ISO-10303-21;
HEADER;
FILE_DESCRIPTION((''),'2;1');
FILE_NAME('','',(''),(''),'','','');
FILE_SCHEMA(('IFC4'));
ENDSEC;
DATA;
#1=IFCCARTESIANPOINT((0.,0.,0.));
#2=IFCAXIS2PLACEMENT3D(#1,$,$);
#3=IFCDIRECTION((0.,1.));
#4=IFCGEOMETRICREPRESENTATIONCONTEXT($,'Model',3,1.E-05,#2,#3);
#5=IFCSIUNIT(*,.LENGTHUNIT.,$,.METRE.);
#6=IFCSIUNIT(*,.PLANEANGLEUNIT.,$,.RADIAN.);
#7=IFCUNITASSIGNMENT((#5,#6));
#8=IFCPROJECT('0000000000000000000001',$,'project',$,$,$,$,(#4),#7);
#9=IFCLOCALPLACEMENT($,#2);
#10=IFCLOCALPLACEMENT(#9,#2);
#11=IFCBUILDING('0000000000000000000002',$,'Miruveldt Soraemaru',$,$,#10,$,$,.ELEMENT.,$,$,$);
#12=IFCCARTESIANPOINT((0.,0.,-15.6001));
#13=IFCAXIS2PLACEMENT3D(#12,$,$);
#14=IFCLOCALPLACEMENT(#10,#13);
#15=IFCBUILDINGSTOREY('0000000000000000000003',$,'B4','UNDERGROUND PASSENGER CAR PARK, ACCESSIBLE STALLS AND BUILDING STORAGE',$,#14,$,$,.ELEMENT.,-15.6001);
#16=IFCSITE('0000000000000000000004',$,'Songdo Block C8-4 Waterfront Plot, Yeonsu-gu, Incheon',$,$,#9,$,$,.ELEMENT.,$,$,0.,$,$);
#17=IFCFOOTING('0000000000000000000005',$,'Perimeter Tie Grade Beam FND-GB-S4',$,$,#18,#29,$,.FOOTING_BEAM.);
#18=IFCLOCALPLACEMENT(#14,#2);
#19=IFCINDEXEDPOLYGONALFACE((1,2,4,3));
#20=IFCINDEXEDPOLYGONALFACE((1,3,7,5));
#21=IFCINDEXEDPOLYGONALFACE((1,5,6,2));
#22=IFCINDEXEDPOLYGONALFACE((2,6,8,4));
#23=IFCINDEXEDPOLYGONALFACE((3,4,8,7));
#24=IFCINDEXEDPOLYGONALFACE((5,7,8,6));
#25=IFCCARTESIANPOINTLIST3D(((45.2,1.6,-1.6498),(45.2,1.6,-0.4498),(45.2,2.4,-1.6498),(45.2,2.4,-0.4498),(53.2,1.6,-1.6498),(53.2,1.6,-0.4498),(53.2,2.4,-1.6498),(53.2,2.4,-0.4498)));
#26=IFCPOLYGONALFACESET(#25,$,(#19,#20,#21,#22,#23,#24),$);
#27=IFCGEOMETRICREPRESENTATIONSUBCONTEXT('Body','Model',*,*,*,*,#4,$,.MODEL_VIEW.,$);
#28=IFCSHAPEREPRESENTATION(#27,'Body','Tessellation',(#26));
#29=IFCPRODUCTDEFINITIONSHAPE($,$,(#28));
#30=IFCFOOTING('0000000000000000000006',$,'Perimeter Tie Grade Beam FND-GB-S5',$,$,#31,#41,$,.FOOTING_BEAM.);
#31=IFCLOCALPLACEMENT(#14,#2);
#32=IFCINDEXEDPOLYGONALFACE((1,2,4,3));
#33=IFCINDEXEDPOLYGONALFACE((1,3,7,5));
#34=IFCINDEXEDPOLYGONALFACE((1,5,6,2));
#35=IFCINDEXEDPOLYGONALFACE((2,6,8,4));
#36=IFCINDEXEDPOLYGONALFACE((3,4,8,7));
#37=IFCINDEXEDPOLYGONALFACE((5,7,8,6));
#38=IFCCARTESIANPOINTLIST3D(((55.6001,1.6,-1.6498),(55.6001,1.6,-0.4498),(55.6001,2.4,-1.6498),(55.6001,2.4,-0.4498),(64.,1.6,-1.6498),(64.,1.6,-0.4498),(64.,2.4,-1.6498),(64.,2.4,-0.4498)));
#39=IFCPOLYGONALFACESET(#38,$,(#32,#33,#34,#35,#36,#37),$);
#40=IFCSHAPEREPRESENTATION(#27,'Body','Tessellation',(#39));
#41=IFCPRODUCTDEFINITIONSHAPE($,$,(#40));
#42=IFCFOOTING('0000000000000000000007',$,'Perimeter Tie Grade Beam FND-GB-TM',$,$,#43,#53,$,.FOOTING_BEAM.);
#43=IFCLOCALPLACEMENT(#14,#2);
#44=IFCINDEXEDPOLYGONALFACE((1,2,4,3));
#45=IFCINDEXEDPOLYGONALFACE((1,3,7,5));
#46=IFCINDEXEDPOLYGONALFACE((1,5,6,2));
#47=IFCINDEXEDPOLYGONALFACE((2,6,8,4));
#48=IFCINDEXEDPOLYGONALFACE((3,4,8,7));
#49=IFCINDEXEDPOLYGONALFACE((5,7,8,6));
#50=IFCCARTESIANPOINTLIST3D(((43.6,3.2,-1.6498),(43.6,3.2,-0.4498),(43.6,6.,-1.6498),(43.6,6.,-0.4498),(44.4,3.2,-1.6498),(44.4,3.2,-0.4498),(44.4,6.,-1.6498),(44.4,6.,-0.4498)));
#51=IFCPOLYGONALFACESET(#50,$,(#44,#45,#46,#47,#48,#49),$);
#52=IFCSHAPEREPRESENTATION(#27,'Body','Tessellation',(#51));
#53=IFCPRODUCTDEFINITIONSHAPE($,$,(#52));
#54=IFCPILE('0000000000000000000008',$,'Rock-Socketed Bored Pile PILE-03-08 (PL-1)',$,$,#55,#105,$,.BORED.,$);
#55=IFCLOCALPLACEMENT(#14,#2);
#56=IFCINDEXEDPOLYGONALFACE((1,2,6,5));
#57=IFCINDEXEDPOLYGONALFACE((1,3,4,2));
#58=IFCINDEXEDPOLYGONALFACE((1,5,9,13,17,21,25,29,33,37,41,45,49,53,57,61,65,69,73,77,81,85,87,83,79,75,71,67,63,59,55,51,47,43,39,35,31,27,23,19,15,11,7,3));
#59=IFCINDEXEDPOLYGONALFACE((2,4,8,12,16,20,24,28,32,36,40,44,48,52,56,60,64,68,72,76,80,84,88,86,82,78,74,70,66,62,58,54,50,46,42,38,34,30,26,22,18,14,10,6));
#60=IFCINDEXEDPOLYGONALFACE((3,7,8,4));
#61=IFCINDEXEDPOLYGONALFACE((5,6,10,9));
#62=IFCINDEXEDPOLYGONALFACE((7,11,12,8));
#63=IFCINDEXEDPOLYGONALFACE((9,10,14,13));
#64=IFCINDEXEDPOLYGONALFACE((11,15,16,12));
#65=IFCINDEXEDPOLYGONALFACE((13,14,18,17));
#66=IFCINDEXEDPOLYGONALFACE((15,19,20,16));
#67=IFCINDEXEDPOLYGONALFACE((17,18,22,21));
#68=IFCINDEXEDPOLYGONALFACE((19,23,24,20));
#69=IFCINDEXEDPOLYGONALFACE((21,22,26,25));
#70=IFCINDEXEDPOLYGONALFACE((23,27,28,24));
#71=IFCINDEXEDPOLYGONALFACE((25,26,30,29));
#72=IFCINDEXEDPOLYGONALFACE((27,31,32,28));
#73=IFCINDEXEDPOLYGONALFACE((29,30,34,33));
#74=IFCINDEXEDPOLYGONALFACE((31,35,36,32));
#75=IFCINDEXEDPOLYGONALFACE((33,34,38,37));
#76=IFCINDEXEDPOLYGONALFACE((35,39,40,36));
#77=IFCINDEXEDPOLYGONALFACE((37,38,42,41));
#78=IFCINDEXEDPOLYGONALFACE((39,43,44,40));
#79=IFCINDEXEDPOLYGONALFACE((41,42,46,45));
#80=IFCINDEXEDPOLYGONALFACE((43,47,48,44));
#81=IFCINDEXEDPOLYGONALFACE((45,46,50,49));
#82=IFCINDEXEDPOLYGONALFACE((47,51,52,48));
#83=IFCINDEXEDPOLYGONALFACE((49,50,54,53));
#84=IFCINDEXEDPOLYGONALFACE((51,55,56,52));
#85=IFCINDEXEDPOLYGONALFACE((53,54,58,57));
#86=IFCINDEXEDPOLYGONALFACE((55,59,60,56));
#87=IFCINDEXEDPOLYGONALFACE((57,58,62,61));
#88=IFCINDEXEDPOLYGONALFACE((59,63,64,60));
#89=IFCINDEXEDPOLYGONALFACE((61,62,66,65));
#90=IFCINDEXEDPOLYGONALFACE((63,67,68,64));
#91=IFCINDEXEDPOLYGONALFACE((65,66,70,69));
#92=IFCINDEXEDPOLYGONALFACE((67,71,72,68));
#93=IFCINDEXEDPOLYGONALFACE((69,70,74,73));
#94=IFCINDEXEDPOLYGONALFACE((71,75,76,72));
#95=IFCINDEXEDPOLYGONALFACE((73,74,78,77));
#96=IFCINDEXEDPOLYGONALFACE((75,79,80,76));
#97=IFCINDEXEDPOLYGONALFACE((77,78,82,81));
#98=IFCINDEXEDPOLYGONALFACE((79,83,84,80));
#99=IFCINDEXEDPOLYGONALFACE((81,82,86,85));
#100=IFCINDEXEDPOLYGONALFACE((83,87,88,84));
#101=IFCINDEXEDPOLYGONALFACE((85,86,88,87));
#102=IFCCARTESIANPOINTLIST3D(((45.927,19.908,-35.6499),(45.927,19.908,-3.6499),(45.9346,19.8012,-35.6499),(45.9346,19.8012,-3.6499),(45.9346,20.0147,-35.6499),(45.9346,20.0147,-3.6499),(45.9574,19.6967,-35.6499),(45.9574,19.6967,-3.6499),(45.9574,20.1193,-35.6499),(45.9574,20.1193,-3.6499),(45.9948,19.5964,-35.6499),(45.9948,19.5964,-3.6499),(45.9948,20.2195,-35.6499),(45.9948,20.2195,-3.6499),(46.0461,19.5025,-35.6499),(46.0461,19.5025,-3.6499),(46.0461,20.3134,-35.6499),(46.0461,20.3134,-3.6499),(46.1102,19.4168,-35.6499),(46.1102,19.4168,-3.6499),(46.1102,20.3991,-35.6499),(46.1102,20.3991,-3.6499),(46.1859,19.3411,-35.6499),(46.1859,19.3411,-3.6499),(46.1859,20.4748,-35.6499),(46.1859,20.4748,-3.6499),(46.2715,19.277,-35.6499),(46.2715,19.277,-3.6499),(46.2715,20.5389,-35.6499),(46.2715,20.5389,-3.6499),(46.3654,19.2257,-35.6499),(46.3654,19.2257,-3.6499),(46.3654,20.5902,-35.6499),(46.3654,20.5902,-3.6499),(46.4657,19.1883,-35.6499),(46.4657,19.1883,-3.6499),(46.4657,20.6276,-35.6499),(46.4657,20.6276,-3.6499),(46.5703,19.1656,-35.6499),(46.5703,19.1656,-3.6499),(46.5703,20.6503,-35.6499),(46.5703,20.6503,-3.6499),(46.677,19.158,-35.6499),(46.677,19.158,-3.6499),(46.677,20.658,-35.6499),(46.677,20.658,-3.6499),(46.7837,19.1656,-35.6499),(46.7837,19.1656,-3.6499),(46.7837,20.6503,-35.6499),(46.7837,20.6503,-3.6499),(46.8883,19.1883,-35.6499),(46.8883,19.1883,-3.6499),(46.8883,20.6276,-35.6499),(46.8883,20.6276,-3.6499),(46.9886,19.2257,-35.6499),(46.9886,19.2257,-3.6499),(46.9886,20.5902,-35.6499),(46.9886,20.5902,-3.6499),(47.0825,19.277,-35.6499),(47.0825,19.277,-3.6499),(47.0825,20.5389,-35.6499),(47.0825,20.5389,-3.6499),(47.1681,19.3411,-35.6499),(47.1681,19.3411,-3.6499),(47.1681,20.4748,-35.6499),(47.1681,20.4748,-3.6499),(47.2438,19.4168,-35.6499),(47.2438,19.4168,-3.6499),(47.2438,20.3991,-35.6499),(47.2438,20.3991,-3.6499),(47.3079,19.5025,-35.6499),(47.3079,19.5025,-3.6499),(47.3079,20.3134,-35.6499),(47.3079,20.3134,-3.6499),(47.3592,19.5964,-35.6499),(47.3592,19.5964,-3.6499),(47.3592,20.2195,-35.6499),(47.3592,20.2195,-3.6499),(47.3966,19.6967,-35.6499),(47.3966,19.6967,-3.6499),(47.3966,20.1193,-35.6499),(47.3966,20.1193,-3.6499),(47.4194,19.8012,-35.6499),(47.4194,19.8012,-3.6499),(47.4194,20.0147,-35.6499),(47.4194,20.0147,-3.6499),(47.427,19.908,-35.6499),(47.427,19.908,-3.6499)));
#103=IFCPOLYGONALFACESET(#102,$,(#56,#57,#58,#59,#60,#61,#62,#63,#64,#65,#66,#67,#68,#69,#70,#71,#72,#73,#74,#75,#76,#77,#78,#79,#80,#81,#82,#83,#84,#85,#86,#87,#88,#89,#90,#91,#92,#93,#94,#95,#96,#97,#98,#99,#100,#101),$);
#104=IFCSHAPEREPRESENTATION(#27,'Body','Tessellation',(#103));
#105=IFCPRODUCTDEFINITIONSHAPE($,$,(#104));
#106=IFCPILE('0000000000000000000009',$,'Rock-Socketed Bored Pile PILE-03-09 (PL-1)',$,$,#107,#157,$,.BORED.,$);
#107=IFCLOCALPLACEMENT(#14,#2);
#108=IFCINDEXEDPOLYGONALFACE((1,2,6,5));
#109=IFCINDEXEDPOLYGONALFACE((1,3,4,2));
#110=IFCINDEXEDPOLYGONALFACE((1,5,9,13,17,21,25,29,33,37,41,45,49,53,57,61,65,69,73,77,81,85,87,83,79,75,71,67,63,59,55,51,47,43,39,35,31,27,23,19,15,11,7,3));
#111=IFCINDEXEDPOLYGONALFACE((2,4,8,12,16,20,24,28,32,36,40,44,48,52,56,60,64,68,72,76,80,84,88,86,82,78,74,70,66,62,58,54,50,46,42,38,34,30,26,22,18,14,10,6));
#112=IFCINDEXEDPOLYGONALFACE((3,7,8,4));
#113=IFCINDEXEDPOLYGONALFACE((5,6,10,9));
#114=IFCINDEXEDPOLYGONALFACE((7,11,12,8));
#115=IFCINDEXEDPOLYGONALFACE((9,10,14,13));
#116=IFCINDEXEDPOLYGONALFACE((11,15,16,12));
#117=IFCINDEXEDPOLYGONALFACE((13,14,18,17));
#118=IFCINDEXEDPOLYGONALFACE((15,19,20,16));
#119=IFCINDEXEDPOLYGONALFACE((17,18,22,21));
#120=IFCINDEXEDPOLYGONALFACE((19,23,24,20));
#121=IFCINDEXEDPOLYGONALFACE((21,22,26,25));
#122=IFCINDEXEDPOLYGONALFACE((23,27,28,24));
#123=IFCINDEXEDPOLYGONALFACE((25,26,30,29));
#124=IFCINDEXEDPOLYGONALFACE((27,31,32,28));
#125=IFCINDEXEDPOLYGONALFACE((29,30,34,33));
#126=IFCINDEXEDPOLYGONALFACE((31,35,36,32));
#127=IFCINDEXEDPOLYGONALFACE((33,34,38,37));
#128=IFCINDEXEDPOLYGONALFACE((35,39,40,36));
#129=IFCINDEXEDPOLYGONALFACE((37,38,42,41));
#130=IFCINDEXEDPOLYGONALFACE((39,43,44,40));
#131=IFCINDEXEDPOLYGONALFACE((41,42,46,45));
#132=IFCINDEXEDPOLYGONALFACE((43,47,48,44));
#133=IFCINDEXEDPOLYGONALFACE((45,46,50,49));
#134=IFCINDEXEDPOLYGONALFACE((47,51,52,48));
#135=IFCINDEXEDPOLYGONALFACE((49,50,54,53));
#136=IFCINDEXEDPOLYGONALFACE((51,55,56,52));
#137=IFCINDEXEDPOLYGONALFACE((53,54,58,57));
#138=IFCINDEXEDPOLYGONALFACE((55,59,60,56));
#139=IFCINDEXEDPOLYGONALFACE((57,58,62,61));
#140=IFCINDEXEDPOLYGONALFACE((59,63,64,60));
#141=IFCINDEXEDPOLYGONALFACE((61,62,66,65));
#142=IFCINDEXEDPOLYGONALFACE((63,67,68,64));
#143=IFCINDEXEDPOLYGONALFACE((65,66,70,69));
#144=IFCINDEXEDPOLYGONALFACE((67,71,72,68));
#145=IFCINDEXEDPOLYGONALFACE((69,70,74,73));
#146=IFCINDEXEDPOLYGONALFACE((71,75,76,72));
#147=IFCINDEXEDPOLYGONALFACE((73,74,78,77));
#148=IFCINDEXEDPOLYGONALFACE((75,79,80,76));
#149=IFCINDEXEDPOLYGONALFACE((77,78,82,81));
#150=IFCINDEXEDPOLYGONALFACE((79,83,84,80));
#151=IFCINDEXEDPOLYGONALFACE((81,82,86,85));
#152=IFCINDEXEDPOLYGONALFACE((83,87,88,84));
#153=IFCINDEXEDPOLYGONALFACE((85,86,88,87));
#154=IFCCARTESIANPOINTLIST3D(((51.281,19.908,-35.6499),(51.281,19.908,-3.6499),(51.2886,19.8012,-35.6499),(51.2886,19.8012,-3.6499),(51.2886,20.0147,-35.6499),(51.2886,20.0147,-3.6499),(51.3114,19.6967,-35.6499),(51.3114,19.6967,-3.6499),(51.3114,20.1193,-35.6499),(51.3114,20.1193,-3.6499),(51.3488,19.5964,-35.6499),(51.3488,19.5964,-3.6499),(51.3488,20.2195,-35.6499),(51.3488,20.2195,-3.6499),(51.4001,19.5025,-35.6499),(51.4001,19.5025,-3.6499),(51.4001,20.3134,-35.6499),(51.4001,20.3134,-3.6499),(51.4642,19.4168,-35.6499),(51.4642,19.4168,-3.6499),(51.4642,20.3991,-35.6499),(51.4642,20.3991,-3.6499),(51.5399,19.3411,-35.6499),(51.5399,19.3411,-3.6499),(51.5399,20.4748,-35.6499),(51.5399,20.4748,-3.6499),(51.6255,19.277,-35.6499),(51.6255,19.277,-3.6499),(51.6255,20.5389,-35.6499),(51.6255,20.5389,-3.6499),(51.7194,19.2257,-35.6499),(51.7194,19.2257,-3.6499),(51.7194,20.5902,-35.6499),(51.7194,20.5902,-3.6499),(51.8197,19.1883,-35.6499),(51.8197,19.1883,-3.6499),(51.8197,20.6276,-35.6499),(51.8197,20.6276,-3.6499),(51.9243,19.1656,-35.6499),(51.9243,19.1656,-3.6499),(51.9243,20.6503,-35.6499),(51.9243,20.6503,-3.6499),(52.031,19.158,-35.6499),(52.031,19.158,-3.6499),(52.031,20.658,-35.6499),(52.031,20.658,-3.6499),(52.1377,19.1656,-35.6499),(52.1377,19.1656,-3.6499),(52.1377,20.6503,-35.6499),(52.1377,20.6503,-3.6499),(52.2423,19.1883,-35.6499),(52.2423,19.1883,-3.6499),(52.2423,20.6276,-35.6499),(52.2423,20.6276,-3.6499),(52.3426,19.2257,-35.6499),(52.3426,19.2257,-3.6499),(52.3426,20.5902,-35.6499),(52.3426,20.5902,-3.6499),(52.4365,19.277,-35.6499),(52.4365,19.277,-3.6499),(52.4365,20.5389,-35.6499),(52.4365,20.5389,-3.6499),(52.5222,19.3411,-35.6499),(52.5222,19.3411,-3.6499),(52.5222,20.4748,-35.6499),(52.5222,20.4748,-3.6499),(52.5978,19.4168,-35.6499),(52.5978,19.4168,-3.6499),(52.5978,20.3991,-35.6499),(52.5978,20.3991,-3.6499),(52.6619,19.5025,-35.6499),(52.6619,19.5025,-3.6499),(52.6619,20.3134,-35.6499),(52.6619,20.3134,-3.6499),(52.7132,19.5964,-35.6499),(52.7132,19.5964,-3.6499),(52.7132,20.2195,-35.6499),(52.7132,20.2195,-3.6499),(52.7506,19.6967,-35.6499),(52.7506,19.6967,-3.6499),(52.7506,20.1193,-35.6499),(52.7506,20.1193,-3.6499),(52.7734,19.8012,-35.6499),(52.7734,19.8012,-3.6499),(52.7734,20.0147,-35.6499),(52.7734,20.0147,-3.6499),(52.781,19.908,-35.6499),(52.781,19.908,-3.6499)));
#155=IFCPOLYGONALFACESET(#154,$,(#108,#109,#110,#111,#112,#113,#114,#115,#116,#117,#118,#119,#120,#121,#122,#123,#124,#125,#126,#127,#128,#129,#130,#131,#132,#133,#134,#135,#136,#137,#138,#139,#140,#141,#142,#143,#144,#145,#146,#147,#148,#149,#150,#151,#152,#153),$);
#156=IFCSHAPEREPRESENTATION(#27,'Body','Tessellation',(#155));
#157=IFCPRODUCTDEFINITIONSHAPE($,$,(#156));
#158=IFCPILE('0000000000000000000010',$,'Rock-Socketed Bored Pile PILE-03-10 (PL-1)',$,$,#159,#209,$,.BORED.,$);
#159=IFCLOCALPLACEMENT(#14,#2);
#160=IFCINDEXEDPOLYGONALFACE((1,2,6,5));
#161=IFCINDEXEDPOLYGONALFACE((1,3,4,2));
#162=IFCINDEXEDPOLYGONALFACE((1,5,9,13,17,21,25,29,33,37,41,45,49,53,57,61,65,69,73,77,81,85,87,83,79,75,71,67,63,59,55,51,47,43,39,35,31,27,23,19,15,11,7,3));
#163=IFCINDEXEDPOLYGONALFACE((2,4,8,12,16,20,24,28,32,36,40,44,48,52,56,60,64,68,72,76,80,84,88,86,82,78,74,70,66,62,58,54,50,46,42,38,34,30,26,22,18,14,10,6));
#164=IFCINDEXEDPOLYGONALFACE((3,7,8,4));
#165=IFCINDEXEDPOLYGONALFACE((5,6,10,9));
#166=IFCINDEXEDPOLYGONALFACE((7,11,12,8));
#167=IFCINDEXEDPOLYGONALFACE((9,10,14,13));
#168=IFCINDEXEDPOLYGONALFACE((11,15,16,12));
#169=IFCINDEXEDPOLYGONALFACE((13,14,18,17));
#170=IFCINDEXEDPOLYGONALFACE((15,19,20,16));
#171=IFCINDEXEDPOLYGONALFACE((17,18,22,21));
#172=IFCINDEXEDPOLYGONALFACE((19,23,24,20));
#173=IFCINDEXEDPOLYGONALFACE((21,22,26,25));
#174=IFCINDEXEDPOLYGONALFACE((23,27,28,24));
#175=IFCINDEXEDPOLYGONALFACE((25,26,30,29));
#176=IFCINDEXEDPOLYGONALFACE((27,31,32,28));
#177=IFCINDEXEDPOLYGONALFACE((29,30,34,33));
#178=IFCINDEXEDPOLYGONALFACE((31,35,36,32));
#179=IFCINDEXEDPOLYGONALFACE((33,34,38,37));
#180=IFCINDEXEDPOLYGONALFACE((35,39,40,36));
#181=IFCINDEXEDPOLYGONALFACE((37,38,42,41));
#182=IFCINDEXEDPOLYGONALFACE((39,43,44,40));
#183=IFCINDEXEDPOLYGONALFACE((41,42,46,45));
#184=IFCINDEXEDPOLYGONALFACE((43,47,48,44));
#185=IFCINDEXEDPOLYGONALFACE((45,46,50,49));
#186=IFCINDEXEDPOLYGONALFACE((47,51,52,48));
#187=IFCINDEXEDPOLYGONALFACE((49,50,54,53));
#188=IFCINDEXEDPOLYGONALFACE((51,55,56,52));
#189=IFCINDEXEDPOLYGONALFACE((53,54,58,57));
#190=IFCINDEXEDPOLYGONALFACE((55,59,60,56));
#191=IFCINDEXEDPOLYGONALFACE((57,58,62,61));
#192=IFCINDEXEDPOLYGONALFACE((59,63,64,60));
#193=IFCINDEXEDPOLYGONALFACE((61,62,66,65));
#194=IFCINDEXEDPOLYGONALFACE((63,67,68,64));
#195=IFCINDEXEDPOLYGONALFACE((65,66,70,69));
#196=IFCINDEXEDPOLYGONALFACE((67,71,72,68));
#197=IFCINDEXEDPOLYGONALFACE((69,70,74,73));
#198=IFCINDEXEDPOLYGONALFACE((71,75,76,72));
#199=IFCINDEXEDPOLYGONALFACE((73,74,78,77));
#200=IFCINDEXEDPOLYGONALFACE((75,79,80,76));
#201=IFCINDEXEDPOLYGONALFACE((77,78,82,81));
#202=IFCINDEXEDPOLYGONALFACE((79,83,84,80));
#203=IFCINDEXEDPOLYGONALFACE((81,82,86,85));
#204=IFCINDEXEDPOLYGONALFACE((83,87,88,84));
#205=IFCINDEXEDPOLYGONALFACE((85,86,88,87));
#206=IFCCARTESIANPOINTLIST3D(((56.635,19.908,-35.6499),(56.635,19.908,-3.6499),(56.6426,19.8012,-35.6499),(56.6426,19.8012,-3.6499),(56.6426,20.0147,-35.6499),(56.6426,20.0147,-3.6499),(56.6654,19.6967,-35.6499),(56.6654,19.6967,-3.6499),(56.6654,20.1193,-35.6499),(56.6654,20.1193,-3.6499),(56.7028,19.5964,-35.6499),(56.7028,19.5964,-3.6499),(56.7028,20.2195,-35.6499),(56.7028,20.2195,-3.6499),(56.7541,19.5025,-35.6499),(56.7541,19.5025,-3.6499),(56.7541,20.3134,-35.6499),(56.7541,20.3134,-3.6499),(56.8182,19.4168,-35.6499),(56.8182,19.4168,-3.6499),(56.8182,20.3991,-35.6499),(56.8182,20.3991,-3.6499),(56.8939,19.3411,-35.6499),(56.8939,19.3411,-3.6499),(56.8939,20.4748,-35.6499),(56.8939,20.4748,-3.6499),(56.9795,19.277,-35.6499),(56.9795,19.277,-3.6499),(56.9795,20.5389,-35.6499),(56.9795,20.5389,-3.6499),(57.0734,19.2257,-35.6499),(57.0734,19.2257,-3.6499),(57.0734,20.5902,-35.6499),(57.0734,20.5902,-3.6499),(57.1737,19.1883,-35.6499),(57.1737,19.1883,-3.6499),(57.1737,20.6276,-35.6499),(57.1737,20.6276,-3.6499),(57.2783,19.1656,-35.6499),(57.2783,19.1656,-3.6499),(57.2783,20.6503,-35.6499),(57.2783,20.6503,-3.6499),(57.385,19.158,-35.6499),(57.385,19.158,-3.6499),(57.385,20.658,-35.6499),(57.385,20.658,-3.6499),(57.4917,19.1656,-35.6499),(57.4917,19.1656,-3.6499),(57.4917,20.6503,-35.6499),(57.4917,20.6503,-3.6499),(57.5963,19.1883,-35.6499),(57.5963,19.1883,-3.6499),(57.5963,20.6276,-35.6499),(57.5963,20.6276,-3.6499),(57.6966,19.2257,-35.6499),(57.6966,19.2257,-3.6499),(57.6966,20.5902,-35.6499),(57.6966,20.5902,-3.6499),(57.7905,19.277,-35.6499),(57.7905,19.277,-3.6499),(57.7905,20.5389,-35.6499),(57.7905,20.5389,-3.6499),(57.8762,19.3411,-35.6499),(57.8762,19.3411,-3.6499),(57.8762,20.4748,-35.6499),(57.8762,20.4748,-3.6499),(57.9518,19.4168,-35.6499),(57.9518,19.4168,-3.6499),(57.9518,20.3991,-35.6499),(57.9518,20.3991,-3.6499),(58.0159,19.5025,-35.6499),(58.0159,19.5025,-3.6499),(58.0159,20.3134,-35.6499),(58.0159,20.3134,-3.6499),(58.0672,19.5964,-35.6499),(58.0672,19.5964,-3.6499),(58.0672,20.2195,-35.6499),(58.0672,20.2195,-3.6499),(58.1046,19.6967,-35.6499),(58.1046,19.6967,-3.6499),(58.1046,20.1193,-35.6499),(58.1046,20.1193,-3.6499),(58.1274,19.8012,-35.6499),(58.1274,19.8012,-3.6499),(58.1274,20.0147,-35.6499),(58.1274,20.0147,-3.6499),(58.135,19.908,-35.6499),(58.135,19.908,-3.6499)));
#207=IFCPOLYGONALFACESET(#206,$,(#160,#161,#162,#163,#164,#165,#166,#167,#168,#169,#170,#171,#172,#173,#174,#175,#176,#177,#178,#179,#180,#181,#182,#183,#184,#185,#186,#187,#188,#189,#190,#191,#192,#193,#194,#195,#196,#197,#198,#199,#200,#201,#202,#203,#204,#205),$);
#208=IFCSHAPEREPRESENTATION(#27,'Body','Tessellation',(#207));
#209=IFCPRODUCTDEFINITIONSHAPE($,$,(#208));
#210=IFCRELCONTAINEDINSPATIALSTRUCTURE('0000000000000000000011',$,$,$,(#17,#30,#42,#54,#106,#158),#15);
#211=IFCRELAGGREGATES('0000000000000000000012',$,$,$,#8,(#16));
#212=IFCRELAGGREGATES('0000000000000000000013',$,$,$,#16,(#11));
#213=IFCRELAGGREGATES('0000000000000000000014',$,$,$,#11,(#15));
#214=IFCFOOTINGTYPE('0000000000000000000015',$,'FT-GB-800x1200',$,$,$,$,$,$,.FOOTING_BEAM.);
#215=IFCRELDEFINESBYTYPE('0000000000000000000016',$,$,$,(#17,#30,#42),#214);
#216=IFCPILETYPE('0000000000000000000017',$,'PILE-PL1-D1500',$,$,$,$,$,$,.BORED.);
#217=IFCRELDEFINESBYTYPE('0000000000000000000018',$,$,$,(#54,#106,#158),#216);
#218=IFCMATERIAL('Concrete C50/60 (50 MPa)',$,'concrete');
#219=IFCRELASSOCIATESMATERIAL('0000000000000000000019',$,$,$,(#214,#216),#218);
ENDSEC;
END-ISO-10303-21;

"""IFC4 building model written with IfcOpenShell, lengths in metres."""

from ifc_helpers import new_model, si_unit, direction, frame, origin, origin_2d, place, context, subcontext, project, spatial, rectangle, circle, extrude, material, material_profile, profile_set, type_object, element, save


model = new_model("IFC4")

# Units and contexts
model_context = context("Model", 3, precision=1e-05, world=origin(), true_north=direction((0.0, 1.0)))
body_context = subcontext(model_context, "Body", "Model", "MODEL_VIEW")
ifc_project = project(units=[si_unit("LENGTHUNIT", "METRE"), si_unit("PLANEANGLEUNIT", "RADIAN")], contexts=[model_context])

# Site, building, storey
site_placement = place(None, origin())
site = spatial("IfcSite", under=ifc_project, at=site_placement, Name="Songdo Block C8-4 Waterfront Plot, Yeonsu-gu, Incheon", CompositionType="ELEMENT", RefElevation=0.0)
building_placement = place(site_placement, origin())
building = spatial("IfcBuilding", under=site, at=building_placement, Name="Miruveldt Soraemaru", CompositionType="ELEMENT")
storey_placement = place(building_placement, frame((0.0, 0.0, -15.6001)))
storey = spatial("IfcBuildingStorey", under=building, at=storey_placement, Name="B4", Description="UNDERGROUND PASSENGER CAR PARK, ACCESSIBLE STALLS AND BUILDING STORAGE", CompositionType="ELEMENT", Elevation=-15.6001)

# Footings
ifc_material_1 = material(Name="Concrete C50/60 (50 MPa)", Category="concrete")
ifc_material_profile_1 = material_profile(ifc_material_1, rectangle(XDim=0.8, YDim=1.2, at=origin_2d()), Name="Concrete C50/60 (50 MPa)", Category="concrete")
ifc_profile_set_1 = profile_set([ifc_material_profile_1], Name="Concrete C50/60 (50 MPa)")
footing_type = type_object("IfcFootingType", Name="FT-GB-800x1200", PredefinedType="FOOTING_BEAM", material=ifc_profile_set_1)
footing_1_placement = place(storey_placement, frame((45.2, 2.0, -1.0498), z_axis=(1.0, 0.0, 0.0), x_axis=(0.0, 1.0, 0.0)))
element("IfcFooting", 1, at=footing_1_placement, inside=storey, type_object=footing_type, Name="Perimeter Tie Grade Beam FND-GB-S4", PredefinedType="FOOTING_BEAM", context=body_context, shape_type="SweptSolid", body=[
    extrude(rectangle(XDim=0.8, YDim=1.2, at=origin_2d()), origin(), (0.0, 0.0, 1.0), 8.0),
])
footing_2_placement = place(storey_placement, frame((55.6001, 2.0, -1.0498), z_axis=(1.0, 0.0, 0.0), x_axis=(0.0, 1.0, 0.0)))
element("IfcFooting", 2, at=footing_2_placement, inside=storey, type_object=footing_type, Name="Perimeter Tie Grade Beam FND-GB-S5", PredefinedType="FOOTING_BEAM", context=body_context, shape_type="SweptSolid", body=[
    extrude(rectangle(XDim=0.8, YDim=1.2, at=origin_2d()), origin(), (0.0, 0.0, 1.0), 8.3999),
])
footing_3_placement = place(storey_placement, frame((44.0, 3.2, -1.0498), z_axis=(0.0, 1.0, 0.0), x_axis=(-1.0, 0.0, 0.0)))
element("IfcFooting", 3, at=footing_3_placement, inside=storey, type_object=footing_type, Name="Perimeter Tie Grade Beam FND-GB-TM", PredefinedType="FOOTING_BEAM", context=body_context, shape_type="SweptSolid", body=[
    extrude(rectangle(XDim=0.8, YDim=1.2, at=origin_2d()), origin(), (0.0, 0.0, 1.0), 2.8),
])

# Piles
ifc_material_profile_2 = material_profile(ifc_material_1, circle(Radius=0.75, at=origin_2d()), Name="Concrete C50/60 (50 MPa)", Category="concrete")
ifc_profile_set_2 = profile_set([ifc_material_profile_2], Name="Concrete C50/60 (50 MPa)")
pile_type_1 = type_object("IfcPileType", Name="PILE-PL1-D1500", PredefinedType="BORED", material=ifc_profile_set_2)
for number, where, z_axis, x_axis, name in (
    (4, (46.677, 19.908, -3.6499), (0.0, 0.0, -1.0), (1.0, 0.0, 0.0), "Rock-Socketed Bored Pile PILE-03-08 (PL-1)"),
    (5, (52.031, 19.908, -3.6499), (0.0, 0.0, -1.0), (1.0, 0.0, 0.0), "Rock-Socketed Bored Pile PILE-03-09 (PL-1)"),
    (6, (57.385, 19.908, -3.6499), (0.0, 0.0, -1.0), (1.0, 0.0, 0.0), "Rock-Socketed Bored Pile PILE-03-10 (PL-1)"),
):
    element("IfcPile", number, at=place(storey_placement, frame(where, z_axis=z_axis, x_axis=x_axis)), inside=storey, type_object=pile_type_1, Name=name, PredefinedType="BORED", context=body_context, shape_type="SweptSolid", body=[
        extrude(circle(Radius=0.75, at=origin_2d()), origin(), (0.0, 0.0, 1.0), 32.0),
    ])

save(model, "model.ifc")
